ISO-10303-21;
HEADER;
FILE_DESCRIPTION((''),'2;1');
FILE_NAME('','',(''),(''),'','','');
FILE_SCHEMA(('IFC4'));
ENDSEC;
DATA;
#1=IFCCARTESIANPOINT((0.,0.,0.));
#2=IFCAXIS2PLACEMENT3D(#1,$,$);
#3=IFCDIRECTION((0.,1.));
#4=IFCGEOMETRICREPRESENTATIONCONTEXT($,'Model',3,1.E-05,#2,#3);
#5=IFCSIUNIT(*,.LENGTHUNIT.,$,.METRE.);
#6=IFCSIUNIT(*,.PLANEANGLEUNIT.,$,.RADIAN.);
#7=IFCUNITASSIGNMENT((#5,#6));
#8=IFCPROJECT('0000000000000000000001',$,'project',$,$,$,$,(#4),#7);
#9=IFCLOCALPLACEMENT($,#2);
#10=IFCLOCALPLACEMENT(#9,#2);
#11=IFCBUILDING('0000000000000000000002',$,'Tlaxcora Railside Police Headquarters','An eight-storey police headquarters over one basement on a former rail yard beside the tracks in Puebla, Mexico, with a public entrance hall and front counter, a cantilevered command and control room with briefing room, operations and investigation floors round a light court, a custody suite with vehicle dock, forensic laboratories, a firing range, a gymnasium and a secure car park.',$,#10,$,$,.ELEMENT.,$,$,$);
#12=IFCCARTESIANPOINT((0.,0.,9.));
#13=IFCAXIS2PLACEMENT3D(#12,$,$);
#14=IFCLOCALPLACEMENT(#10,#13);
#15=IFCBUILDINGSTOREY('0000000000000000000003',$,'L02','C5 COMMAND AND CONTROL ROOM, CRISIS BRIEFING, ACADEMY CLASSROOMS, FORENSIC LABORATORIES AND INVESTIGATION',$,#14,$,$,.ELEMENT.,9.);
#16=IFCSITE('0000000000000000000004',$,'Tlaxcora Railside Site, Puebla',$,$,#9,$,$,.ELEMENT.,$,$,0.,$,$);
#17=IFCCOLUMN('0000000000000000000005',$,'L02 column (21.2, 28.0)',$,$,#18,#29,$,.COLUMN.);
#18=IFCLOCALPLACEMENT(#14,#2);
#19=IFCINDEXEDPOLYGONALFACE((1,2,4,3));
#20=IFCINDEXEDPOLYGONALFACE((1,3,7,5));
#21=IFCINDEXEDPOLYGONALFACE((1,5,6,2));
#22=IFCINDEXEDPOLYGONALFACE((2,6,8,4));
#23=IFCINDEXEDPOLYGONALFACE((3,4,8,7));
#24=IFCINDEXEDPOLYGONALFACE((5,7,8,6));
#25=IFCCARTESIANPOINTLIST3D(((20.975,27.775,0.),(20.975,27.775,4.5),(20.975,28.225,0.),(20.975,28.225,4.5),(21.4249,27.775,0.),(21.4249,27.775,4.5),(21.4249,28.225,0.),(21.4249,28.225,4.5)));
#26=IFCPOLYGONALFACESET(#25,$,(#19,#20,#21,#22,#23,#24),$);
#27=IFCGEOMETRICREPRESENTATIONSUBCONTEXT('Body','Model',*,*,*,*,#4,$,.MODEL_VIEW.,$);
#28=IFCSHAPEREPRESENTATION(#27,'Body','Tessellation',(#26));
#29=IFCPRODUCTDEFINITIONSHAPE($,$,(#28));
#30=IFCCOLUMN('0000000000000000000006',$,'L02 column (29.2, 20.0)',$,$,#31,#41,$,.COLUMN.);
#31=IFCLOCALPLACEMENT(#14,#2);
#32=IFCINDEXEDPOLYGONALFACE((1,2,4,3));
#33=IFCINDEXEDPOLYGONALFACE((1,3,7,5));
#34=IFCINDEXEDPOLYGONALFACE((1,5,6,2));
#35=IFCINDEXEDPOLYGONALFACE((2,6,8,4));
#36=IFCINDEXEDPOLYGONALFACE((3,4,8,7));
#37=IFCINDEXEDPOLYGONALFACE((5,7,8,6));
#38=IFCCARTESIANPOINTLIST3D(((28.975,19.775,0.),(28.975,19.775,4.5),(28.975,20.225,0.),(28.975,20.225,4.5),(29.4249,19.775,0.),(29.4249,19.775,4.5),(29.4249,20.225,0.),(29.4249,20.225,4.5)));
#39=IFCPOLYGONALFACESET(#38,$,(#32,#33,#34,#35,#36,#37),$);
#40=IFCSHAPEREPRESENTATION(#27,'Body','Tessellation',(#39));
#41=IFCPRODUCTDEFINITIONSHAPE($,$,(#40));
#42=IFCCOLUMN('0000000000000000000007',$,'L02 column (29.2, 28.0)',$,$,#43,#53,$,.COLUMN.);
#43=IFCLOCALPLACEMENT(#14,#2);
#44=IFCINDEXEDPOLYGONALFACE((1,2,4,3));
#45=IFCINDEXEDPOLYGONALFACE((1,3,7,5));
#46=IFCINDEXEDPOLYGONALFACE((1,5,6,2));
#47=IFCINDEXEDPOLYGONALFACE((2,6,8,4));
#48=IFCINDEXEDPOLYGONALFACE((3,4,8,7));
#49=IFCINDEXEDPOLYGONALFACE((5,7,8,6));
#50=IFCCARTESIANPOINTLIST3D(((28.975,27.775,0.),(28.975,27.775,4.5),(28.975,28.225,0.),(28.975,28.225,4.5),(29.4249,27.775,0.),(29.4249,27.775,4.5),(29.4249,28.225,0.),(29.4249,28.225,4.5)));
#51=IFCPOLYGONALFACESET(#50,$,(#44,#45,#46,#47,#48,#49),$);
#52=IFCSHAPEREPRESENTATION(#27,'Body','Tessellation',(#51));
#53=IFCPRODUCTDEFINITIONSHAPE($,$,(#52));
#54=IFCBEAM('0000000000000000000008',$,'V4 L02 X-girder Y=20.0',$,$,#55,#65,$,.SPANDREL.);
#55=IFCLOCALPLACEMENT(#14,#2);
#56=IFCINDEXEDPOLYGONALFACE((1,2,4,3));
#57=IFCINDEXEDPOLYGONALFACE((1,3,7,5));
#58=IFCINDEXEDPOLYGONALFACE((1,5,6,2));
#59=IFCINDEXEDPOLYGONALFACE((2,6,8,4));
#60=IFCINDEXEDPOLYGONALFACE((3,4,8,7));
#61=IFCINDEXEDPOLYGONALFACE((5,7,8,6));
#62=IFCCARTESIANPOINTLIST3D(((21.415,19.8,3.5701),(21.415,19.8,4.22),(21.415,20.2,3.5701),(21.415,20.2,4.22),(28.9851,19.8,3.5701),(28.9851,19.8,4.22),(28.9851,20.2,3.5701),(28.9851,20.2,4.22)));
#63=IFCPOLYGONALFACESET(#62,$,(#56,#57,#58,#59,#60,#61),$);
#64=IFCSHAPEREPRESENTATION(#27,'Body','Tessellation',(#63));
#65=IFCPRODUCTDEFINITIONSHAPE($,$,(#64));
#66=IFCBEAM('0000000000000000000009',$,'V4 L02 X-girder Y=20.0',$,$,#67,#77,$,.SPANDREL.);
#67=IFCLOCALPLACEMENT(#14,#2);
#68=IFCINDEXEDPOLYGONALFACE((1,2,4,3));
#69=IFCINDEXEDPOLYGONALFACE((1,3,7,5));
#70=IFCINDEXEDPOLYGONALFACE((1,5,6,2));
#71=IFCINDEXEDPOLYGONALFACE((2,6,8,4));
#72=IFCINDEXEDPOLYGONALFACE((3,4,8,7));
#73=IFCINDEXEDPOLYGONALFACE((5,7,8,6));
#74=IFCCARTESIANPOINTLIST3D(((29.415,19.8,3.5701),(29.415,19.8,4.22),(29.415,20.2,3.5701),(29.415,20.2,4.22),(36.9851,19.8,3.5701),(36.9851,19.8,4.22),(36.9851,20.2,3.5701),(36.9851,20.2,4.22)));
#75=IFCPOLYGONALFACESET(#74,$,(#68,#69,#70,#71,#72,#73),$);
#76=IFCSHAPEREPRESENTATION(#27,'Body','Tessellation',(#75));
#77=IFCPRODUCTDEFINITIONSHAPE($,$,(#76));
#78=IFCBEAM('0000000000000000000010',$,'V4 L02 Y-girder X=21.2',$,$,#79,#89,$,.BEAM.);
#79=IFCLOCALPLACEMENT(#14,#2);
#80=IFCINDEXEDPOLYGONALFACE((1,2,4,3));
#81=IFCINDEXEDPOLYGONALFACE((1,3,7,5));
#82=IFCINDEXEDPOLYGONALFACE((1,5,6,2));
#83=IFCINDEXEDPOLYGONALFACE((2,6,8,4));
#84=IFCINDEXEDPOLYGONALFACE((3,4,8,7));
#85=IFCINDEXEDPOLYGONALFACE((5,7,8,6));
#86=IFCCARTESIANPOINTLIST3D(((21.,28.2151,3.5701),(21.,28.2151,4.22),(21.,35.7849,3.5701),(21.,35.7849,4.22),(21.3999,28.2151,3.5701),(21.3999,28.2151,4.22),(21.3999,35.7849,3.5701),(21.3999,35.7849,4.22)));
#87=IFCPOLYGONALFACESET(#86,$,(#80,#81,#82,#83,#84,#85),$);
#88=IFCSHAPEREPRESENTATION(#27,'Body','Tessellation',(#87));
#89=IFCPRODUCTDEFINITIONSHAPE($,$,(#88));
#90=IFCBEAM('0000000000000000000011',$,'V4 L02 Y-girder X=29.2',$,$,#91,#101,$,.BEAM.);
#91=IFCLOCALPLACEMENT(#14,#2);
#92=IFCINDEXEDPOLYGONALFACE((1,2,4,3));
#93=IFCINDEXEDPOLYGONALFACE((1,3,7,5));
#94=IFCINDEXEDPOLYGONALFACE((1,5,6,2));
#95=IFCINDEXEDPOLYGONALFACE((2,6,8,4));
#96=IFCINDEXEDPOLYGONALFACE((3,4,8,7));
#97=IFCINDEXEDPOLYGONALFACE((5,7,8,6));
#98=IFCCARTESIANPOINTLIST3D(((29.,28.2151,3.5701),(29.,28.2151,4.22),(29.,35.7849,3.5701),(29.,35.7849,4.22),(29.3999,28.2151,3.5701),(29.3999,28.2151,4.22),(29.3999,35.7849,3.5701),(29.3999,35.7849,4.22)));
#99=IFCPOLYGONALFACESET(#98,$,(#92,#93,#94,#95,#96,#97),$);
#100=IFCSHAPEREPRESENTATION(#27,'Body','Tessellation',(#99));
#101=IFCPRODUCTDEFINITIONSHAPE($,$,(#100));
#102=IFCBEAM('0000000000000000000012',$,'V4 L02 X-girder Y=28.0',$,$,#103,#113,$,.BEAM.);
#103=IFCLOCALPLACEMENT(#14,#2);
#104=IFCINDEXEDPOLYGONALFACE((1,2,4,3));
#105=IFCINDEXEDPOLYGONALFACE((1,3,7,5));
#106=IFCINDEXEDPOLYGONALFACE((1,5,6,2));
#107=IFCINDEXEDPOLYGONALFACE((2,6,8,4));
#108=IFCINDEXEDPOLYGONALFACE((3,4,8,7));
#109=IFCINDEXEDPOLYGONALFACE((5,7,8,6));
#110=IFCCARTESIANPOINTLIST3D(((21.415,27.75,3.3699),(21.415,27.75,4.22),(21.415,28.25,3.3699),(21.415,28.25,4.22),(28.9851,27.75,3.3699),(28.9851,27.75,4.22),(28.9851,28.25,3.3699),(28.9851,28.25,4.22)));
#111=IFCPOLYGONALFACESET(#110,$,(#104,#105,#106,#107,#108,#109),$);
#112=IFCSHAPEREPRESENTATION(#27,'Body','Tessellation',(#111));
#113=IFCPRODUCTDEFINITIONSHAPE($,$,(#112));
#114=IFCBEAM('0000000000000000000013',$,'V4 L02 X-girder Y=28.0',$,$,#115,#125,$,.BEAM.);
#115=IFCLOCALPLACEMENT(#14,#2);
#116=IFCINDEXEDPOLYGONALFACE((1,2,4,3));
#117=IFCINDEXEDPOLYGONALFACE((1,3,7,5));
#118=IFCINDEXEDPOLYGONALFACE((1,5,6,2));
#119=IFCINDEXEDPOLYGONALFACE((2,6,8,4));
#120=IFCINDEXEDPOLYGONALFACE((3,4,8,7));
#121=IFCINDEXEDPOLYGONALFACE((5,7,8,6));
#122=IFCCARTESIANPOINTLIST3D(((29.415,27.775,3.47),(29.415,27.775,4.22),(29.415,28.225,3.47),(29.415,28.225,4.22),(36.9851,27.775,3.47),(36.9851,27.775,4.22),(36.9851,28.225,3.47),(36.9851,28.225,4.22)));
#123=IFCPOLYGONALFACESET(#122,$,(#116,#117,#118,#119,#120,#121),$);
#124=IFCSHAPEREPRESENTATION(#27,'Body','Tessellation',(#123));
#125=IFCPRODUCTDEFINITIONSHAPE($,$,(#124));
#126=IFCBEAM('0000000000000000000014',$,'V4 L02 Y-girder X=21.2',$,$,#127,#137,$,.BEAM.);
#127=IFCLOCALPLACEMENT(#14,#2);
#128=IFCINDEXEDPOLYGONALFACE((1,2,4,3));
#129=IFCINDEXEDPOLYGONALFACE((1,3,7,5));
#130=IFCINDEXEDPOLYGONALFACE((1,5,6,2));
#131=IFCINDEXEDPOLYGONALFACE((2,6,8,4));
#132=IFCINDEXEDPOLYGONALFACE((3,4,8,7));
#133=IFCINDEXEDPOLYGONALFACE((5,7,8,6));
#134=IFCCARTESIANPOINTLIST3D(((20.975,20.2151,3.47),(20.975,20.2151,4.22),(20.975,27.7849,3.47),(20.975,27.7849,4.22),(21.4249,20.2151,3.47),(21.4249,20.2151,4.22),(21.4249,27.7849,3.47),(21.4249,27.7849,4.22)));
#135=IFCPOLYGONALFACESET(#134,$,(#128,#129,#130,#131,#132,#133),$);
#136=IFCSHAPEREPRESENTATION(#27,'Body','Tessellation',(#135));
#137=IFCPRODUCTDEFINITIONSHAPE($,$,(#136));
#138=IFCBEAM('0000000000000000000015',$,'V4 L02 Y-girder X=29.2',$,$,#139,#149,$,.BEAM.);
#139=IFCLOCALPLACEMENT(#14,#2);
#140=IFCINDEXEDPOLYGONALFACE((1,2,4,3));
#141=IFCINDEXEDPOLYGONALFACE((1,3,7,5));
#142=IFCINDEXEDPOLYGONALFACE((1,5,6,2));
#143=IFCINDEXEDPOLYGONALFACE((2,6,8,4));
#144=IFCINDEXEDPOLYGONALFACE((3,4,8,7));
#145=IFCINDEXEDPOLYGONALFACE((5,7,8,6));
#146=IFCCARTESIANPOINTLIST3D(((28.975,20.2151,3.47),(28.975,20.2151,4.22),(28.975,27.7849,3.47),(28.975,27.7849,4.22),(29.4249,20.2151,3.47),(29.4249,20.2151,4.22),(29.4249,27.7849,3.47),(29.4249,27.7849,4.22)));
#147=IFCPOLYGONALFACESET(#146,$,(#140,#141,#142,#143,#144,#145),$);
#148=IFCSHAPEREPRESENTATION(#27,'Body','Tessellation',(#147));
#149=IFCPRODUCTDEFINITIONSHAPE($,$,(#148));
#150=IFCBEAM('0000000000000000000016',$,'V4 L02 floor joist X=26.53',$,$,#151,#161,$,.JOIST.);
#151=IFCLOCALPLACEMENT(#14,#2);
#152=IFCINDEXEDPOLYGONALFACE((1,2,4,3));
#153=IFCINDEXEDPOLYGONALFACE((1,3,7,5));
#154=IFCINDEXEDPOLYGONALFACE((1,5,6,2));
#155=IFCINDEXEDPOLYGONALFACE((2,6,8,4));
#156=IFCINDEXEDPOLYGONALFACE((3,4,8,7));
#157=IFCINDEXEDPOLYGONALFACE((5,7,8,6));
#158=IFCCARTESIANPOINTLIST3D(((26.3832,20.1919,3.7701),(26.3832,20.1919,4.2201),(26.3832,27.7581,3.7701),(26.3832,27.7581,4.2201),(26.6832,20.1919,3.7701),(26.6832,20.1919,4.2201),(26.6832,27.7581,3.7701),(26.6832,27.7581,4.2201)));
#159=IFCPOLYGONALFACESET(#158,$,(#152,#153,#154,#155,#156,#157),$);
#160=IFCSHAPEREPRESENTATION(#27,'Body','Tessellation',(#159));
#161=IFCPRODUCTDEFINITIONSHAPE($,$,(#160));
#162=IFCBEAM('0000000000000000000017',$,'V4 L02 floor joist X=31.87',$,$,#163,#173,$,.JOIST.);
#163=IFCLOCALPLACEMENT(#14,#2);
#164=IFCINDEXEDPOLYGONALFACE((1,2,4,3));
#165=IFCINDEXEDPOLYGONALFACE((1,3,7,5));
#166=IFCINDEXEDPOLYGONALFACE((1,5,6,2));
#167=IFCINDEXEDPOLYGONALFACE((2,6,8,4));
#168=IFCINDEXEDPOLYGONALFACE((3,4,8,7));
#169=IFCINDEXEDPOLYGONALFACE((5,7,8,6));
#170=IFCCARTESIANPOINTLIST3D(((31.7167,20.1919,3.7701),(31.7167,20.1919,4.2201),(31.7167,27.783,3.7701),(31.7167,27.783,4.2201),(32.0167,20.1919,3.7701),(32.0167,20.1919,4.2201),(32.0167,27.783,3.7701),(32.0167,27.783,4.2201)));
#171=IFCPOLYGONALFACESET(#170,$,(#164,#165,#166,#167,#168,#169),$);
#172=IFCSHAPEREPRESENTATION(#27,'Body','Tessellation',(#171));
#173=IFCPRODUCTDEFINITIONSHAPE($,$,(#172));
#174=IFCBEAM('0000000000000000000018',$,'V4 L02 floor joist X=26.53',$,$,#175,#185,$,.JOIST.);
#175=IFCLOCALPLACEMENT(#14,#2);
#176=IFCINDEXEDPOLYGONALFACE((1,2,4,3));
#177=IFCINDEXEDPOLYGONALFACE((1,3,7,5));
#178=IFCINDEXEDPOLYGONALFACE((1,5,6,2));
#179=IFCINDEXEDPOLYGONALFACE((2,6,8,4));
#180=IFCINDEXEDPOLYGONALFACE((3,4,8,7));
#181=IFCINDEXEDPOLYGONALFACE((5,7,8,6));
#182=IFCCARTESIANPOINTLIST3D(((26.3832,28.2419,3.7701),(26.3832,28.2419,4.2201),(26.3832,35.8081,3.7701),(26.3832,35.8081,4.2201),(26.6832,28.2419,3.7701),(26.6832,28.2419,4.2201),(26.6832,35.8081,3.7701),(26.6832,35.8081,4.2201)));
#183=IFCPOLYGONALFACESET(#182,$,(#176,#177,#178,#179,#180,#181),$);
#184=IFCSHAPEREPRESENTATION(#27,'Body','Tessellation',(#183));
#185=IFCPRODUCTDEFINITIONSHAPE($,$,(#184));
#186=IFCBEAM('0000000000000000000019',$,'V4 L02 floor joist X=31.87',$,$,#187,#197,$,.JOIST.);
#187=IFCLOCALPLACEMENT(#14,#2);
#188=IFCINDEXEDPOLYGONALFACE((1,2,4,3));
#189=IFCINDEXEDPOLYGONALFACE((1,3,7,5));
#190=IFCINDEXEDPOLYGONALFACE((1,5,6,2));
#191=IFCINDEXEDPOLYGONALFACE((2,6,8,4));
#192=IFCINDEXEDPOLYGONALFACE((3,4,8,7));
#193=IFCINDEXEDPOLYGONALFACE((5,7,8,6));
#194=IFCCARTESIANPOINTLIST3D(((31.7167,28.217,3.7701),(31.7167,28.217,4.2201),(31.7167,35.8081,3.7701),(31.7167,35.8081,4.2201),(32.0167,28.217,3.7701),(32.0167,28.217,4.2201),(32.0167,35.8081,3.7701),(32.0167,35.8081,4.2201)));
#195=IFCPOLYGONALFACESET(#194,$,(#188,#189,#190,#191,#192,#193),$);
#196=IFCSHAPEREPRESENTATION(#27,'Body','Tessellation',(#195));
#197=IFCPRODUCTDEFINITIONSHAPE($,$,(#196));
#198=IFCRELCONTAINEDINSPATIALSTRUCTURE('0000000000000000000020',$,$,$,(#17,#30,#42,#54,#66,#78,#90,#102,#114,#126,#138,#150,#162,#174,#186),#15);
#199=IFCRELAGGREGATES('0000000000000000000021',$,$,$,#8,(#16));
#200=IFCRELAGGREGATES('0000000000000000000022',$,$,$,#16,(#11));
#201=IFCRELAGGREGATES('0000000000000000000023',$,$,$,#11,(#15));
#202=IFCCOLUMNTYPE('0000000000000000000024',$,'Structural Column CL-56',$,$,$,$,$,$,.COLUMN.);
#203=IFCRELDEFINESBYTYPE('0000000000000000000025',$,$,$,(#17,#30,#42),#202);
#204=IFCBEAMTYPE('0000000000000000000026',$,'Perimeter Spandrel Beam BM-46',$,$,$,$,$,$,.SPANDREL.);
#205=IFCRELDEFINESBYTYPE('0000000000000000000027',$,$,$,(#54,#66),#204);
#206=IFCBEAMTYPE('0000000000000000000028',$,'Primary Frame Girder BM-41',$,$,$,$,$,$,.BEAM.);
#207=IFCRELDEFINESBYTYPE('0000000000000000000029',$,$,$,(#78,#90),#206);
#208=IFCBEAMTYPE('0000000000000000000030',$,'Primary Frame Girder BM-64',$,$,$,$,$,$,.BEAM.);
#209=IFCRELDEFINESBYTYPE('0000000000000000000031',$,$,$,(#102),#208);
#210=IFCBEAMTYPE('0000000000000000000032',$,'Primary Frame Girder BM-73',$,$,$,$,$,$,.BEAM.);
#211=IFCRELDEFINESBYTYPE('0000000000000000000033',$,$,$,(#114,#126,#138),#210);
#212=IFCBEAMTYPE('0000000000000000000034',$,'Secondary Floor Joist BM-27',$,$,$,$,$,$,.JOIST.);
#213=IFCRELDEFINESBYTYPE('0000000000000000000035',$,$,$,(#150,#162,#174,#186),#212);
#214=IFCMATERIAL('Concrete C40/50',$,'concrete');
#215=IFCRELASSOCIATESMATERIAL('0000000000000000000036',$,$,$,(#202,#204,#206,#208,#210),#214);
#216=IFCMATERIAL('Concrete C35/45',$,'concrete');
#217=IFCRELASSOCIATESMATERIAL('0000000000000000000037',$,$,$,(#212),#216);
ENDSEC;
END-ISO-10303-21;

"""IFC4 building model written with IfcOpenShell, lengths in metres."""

from ifc_helpers import new_model, si_unit, direction, frame, origin, origin_2d, place, context, subcontext, project, spatial, rectangle, extrude, material, material_profile, profile_set, type_object, element, save


model = new_model("IFC4")

# Units and contexts
model_context = context("Model", 3, precision=1e-05, world=origin(), true_north=direction((0.0, 1.0)))
body_context = subcontext(model_context, "Body", "Model", "MODEL_VIEW")
ifc_project = project(units=[si_unit("LENGTHUNIT", "METRE"), si_unit("PLANEANGLEUNIT", "RADIAN")], contexts=[model_context])

# Site, building, storey
site_placement = place(None, origin())
site = spatial("IfcSite", under=ifc_project, at=site_placement, Name="Tlaxcora Railside Site, Puebla", CompositionType="ELEMENT", RefElevation=0.0)
building_placement = place(site_placement, origin())
building = spatial("IfcBuilding", under=site, at=building_placement, Name="Tlaxcora Railside Police Headquarters", Description="An eight-storey police headquarters over one basement on a former rail yard beside the tracks in Puebla, Mexico, with a public entrance hall and front counter, a cantilevered command and control room with briefing room, operations and investigation floors round a light court, a custody suite with vehicle dock, forensic laboratories, a firing range, a gymnasium and a secure car park.", CompositionType="ELEMENT")
storey_placement = place(building_placement, frame((0.0, 0.0, 9.0)))
storey = spatial("IfcBuildingStorey", under=building, at=storey_placement, Name="L02", Description="C5 COMMAND AND CONTROL ROOM, CRISIS BRIEFING, ACADEMY CLASSROOMS, FORENSIC LABORATORIES AND INVESTIGATION", CompositionType="ELEMENT", Elevation=9.0)

# Columns
ifc_material_1 = material(Name="Concrete C40/50", Category="concrete")
ifc_material_profile_1 = material_profile(ifc_material_1, rectangle(XDim=0.45, YDim=0.45, at=origin_2d()), Name="RC450X450")
ifc_profile_set_1 = profile_set([ifc_material_profile_1], Name="Concrete C40/50")
column_type = type_object("IfcColumnType", Name="Structural Column CL-56", PredefinedType="COLUMN", material=ifc_profile_set_1)
for number, where, z_axis, x_axis, name in (
    (1, (21.2, 28.0, 0.0), (0.0, 0.0, 1.0), (1.0, 0.0, 0.0), "L02 column (21.2, 28.0)"),
    (2, (29.2, 20.0, 0.0), (0.0, 0.0, 1.0), (1.0, 0.0, 0.0), "L02 column (29.2, 20.0)"),
    (3, (29.2, 28.0, 0.0), (0.0, 0.0, 1.0), (1.0, 0.0, 0.0), "L02 column (29.2, 28.0)"),
):
    element("IfcColumn", number, at=place(storey_placement, frame(where, z_axis=z_axis, x_axis=x_axis)), inside=storey, type_object=column_type, Name=name, PredefinedType="COLUMN", context=body_context, shape_type="SweptSolid", body=[
        extrude(rectangle(XDim=0.45, YDim=0.45, at=origin_2d()), origin(), (0.0, 0.0, 1.0), 4.5),
    ])

# Beams
ifc_material_profile_2 = material_profile(ifc_material_1, rectangle(XDim=0.3999, YDim=0.6499, at=origin_2d()), Name="RC400X650")
ifc_profile_set_2 = profile_set([ifc_material_profile_2], Name="Concrete C40/50")
beam_type_1 = type_object("IfcBeamType", Name="Perimeter Spandrel Beam BM-46", PredefinedType="SPANDREL", material=ifc_profile_set_2)
for number, where, z_axis, x_axis, name in (
    (4, (21.415, 20.0, 3.895), (1.0, 0.0, 0.0), (0.0, 1.0, 0.0), "V4 L02 X-girder Y=20.0"),
    (5, (29.415, 20.0, 3.895), (1.0, 0.0, 0.0), (0.0, 1.0, 0.0), "V4 L02 X-girder Y=20.0"),
):
    element("IfcBeam", number, at=place(storey_placement, frame(where, z_axis=z_axis, x_axis=x_axis)), inside=storey, type_object=beam_type_1, Name=name, PredefinedType="SPANDREL", context=body_context, shape_type="SweptSolid", body=[
        extrude(rectangle(XDim=0.3999, YDim=0.6499, at=origin_2d()), origin(), (0.0, 0.0, 1.0), 7.5701),
    ])
ifc_material_profile_3 = material_profile(ifc_material_1, rectangle(XDim=0.3999, YDim=0.6499, at=origin_2d()), Name="RC400X650")
ifc_profile_set_3 = profile_set([ifc_material_profile_3], Name="Concrete C40/50")
beam_type_2 = type_object("IfcBeamType", Name="Primary Frame Girder BM-41", PredefinedType="BEAM", material=ifc_profile_set_3)
for number, where, z_axis, x_axis, name in (
    (6, (21.2, 28.2151, 3.895), (0.0, 1.0, 0.0), (-1.0, 0.0, 0.0), "V4 L02 Y-girder X=21.2"),
    (7, (29.2, 28.2151, 3.895), (0.0, 1.0, 0.0), (-1.0, 0.0, 0.0), "V4 L02 Y-girder X=29.2"),
):
    element("IfcBeam", number, at=place(storey_placement, frame(where, z_axis=z_axis, x_axis=x_axis)), inside=storey, type_object=beam_type_2, Name=name, PredefinedType="BEAM", context=body_context, shape_type="SweptSolid", body=[
        extrude(rectangle(XDim=0.3999, YDim=0.6499, at=origin_2d()), origin(), (0.0, 0.0, 1.0), 7.5698),
    ])
ifc_material_profile_4 = material_profile(ifc_material_1, rectangle(XDim=0.5, YDim=0.8501, at=origin_2d()), Name="RC500X850")
ifc_profile_set_4 = profile_set([ifc_material_profile_4], Name="Concrete C40/50")
beam_type_3 = type_object("IfcBeamType", Name="Primary Frame Girder BM-64", PredefinedType="BEAM", material=ifc_profile_set_4)
beam_1_placement = place(storey_placement, frame((21.415, 28.0, 3.7949), z_axis=(1.0, 0.0, 0.0), x_axis=(0.0, 1.0, 0.0)))
element("IfcBeam", 8, at=beam_1_placement, inside=storey, type_object=beam_type_3, Name="V4 L02 X-girder Y=28.0", PredefinedType="BEAM", context=body_context, shape_type="SweptSolid", body=[
    extrude(rectangle(XDim=0.5, YDim=0.8501, at=origin_2d()), origin(), (0.0, 0.0, 1.0), 7.5701),
])
ifc_material_profile_5 = material_profile(ifc_material_1, rectangle(XDim=0.45, YDim=0.75, at=origin_2d()), Name="RC450X750")
ifc_profile_set_5 = profile_set([ifc_material_profile_5], Name="Concrete C40/50")
beam_type_4 = type_object("IfcBeamType", Name="Primary Frame Girder BM-73", PredefinedType="BEAM", material=ifc_profile_set_5)
beam_2_placement = place(storey_placement, frame((29.415, 28.0, 3.845), z_axis=(1.0, 0.0, 0.0), x_axis=(0.0, 1.0, 0.0)))
element("IfcBeam", 9, at=beam_2_placement, inside=storey, type_object=beam_type_4, Name="V4 L02 X-girder Y=28.0", PredefinedType="BEAM", context=body_context, shape_type="SweptSolid", body=[
    extrude(rectangle(XDim=0.45, YDim=0.75, at=origin_2d()), origin(), (0.0, 0.0, 1.0), 7.5701),
])
for number, where, z_axis, x_axis, name in (
    (10, (21.2, 20.2151, 3.845), (0.0, 1.0, 0.0), (-1.0, 0.0, 0.0), "V4 L02 Y-girder X=21.2"),
    (11, (29.2, 20.2151, 3.845), (0.0, 1.0, 0.0), (-1.0, 0.0, 0.0), "V4 L02 Y-girder X=29.2"),
):
    element("IfcBeam", number, at=place(storey_placement, frame(where, z_axis=z_axis, x_axis=x_axis)), inside=storey, type_object=beam_type_4, Name=name, PredefinedType="BEAM", context=body_context, shape_type="SweptSolid", body=[
        extrude(rectangle(XDim=0.45, YDim=0.75, at=origin_2d()), origin(), (0.0, 0.0, 1.0), 7.5698),
    ])
ifc_material_2 = material(Name="Concrete C35/45", Category="concrete")
ifc_material_profile_6 = material_profile(ifc_material_2, rectangle(XDim=0.3, YDim=0.45, at=origin_2d()), Name="RC300X450")
ifc_profile_set_6 = profile_set([ifc_material_profile_6], Name="Concrete C35/45")
beam_type_5 = type_object("IfcBeamType", Name="Secondary Floor Joist BM-27", PredefinedType="JOIST", material=ifc_profile_set_6)
beam_3_placement = place(storey_placement, frame((26.5332, 20.1919, 3.9951), z_axis=(0.0, 1.0, 0.0), x_axis=(-1.0, 0.0, 0.0)))
element("IfcBeam", 12, at=beam_3_placement, inside=storey, type_object=beam_type_5, Name="V4 L02 floor joist X=26.53", PredefinedType="JOIST", context=body_context, shape_type="SweptSolid", body=[
    extrude(rectangle(XDim=0.3, YDim=0.45, at=origin_2d()), origin(), (0.0, 0.0, 1.0), 7.5662),
])
beam_4_placement = place(storey_placement, frame((31.8667, 20.1919, 3.9951), z_axis=(0.0, 1.0, 0.0), x_axis=(-1.0, 0.0, 0.0)))
element("IfcBeam", 13, at=beam_4_placement, inside=storey, type_object=beam_type_5, Name="V4 L02 floor joist X=31.87", PredefinedType="JOIST", context=body_context, shape_type="SweptSolid", body=[
    extrude(rectangle(XDim=0.3, YDim=0.45, at=origin_2d()), origin(), (0.0, 0.0, 1.0), 7.5911),
])
beam_5_placement = place(storey_placement, frame((26.5332, 28.2419, 3.9951), z_axis=(0.0, 1.0, 0.0), x_axis=(-1.0, 0.0, 0.0)))
element("IfcBeam", 14, at=beam_5_placement, inside=storey, type_object=beam_type_5, Name="V4 L02 floor joist X=26.53", PredefinedType="JOIST", context=body_context, shape_type="SweptSolid", body=[
    extrude(rectangle(XDim=0.3, YDim=0.45, at=origin_2d()), origin(), (0.0, 0.0, 1.0), 7.5662),
])
beam_6_placement = place(storey_placement, frame((31.8667, 28.217, 3.9951), z_axis=(0.0, 1.0, 0.0), x_axis=(-1.0, 0.0, 0.0)))
element("IfcBeam", 15, at=beam_6_placement, inside=storey, type_object=beam_type_5, Name="V4 L02 floor joist X=31.87", PredefinedType="JOIST", context=body_context, shape_type="SweptSolid", body=[
    extrude(rectangle(XDim=0.3, YDim=0.45, at=origin_2d()), origin(), (0.0, 0.0, 1.0), 7.5911),
])

save(model, "model.ifc")
